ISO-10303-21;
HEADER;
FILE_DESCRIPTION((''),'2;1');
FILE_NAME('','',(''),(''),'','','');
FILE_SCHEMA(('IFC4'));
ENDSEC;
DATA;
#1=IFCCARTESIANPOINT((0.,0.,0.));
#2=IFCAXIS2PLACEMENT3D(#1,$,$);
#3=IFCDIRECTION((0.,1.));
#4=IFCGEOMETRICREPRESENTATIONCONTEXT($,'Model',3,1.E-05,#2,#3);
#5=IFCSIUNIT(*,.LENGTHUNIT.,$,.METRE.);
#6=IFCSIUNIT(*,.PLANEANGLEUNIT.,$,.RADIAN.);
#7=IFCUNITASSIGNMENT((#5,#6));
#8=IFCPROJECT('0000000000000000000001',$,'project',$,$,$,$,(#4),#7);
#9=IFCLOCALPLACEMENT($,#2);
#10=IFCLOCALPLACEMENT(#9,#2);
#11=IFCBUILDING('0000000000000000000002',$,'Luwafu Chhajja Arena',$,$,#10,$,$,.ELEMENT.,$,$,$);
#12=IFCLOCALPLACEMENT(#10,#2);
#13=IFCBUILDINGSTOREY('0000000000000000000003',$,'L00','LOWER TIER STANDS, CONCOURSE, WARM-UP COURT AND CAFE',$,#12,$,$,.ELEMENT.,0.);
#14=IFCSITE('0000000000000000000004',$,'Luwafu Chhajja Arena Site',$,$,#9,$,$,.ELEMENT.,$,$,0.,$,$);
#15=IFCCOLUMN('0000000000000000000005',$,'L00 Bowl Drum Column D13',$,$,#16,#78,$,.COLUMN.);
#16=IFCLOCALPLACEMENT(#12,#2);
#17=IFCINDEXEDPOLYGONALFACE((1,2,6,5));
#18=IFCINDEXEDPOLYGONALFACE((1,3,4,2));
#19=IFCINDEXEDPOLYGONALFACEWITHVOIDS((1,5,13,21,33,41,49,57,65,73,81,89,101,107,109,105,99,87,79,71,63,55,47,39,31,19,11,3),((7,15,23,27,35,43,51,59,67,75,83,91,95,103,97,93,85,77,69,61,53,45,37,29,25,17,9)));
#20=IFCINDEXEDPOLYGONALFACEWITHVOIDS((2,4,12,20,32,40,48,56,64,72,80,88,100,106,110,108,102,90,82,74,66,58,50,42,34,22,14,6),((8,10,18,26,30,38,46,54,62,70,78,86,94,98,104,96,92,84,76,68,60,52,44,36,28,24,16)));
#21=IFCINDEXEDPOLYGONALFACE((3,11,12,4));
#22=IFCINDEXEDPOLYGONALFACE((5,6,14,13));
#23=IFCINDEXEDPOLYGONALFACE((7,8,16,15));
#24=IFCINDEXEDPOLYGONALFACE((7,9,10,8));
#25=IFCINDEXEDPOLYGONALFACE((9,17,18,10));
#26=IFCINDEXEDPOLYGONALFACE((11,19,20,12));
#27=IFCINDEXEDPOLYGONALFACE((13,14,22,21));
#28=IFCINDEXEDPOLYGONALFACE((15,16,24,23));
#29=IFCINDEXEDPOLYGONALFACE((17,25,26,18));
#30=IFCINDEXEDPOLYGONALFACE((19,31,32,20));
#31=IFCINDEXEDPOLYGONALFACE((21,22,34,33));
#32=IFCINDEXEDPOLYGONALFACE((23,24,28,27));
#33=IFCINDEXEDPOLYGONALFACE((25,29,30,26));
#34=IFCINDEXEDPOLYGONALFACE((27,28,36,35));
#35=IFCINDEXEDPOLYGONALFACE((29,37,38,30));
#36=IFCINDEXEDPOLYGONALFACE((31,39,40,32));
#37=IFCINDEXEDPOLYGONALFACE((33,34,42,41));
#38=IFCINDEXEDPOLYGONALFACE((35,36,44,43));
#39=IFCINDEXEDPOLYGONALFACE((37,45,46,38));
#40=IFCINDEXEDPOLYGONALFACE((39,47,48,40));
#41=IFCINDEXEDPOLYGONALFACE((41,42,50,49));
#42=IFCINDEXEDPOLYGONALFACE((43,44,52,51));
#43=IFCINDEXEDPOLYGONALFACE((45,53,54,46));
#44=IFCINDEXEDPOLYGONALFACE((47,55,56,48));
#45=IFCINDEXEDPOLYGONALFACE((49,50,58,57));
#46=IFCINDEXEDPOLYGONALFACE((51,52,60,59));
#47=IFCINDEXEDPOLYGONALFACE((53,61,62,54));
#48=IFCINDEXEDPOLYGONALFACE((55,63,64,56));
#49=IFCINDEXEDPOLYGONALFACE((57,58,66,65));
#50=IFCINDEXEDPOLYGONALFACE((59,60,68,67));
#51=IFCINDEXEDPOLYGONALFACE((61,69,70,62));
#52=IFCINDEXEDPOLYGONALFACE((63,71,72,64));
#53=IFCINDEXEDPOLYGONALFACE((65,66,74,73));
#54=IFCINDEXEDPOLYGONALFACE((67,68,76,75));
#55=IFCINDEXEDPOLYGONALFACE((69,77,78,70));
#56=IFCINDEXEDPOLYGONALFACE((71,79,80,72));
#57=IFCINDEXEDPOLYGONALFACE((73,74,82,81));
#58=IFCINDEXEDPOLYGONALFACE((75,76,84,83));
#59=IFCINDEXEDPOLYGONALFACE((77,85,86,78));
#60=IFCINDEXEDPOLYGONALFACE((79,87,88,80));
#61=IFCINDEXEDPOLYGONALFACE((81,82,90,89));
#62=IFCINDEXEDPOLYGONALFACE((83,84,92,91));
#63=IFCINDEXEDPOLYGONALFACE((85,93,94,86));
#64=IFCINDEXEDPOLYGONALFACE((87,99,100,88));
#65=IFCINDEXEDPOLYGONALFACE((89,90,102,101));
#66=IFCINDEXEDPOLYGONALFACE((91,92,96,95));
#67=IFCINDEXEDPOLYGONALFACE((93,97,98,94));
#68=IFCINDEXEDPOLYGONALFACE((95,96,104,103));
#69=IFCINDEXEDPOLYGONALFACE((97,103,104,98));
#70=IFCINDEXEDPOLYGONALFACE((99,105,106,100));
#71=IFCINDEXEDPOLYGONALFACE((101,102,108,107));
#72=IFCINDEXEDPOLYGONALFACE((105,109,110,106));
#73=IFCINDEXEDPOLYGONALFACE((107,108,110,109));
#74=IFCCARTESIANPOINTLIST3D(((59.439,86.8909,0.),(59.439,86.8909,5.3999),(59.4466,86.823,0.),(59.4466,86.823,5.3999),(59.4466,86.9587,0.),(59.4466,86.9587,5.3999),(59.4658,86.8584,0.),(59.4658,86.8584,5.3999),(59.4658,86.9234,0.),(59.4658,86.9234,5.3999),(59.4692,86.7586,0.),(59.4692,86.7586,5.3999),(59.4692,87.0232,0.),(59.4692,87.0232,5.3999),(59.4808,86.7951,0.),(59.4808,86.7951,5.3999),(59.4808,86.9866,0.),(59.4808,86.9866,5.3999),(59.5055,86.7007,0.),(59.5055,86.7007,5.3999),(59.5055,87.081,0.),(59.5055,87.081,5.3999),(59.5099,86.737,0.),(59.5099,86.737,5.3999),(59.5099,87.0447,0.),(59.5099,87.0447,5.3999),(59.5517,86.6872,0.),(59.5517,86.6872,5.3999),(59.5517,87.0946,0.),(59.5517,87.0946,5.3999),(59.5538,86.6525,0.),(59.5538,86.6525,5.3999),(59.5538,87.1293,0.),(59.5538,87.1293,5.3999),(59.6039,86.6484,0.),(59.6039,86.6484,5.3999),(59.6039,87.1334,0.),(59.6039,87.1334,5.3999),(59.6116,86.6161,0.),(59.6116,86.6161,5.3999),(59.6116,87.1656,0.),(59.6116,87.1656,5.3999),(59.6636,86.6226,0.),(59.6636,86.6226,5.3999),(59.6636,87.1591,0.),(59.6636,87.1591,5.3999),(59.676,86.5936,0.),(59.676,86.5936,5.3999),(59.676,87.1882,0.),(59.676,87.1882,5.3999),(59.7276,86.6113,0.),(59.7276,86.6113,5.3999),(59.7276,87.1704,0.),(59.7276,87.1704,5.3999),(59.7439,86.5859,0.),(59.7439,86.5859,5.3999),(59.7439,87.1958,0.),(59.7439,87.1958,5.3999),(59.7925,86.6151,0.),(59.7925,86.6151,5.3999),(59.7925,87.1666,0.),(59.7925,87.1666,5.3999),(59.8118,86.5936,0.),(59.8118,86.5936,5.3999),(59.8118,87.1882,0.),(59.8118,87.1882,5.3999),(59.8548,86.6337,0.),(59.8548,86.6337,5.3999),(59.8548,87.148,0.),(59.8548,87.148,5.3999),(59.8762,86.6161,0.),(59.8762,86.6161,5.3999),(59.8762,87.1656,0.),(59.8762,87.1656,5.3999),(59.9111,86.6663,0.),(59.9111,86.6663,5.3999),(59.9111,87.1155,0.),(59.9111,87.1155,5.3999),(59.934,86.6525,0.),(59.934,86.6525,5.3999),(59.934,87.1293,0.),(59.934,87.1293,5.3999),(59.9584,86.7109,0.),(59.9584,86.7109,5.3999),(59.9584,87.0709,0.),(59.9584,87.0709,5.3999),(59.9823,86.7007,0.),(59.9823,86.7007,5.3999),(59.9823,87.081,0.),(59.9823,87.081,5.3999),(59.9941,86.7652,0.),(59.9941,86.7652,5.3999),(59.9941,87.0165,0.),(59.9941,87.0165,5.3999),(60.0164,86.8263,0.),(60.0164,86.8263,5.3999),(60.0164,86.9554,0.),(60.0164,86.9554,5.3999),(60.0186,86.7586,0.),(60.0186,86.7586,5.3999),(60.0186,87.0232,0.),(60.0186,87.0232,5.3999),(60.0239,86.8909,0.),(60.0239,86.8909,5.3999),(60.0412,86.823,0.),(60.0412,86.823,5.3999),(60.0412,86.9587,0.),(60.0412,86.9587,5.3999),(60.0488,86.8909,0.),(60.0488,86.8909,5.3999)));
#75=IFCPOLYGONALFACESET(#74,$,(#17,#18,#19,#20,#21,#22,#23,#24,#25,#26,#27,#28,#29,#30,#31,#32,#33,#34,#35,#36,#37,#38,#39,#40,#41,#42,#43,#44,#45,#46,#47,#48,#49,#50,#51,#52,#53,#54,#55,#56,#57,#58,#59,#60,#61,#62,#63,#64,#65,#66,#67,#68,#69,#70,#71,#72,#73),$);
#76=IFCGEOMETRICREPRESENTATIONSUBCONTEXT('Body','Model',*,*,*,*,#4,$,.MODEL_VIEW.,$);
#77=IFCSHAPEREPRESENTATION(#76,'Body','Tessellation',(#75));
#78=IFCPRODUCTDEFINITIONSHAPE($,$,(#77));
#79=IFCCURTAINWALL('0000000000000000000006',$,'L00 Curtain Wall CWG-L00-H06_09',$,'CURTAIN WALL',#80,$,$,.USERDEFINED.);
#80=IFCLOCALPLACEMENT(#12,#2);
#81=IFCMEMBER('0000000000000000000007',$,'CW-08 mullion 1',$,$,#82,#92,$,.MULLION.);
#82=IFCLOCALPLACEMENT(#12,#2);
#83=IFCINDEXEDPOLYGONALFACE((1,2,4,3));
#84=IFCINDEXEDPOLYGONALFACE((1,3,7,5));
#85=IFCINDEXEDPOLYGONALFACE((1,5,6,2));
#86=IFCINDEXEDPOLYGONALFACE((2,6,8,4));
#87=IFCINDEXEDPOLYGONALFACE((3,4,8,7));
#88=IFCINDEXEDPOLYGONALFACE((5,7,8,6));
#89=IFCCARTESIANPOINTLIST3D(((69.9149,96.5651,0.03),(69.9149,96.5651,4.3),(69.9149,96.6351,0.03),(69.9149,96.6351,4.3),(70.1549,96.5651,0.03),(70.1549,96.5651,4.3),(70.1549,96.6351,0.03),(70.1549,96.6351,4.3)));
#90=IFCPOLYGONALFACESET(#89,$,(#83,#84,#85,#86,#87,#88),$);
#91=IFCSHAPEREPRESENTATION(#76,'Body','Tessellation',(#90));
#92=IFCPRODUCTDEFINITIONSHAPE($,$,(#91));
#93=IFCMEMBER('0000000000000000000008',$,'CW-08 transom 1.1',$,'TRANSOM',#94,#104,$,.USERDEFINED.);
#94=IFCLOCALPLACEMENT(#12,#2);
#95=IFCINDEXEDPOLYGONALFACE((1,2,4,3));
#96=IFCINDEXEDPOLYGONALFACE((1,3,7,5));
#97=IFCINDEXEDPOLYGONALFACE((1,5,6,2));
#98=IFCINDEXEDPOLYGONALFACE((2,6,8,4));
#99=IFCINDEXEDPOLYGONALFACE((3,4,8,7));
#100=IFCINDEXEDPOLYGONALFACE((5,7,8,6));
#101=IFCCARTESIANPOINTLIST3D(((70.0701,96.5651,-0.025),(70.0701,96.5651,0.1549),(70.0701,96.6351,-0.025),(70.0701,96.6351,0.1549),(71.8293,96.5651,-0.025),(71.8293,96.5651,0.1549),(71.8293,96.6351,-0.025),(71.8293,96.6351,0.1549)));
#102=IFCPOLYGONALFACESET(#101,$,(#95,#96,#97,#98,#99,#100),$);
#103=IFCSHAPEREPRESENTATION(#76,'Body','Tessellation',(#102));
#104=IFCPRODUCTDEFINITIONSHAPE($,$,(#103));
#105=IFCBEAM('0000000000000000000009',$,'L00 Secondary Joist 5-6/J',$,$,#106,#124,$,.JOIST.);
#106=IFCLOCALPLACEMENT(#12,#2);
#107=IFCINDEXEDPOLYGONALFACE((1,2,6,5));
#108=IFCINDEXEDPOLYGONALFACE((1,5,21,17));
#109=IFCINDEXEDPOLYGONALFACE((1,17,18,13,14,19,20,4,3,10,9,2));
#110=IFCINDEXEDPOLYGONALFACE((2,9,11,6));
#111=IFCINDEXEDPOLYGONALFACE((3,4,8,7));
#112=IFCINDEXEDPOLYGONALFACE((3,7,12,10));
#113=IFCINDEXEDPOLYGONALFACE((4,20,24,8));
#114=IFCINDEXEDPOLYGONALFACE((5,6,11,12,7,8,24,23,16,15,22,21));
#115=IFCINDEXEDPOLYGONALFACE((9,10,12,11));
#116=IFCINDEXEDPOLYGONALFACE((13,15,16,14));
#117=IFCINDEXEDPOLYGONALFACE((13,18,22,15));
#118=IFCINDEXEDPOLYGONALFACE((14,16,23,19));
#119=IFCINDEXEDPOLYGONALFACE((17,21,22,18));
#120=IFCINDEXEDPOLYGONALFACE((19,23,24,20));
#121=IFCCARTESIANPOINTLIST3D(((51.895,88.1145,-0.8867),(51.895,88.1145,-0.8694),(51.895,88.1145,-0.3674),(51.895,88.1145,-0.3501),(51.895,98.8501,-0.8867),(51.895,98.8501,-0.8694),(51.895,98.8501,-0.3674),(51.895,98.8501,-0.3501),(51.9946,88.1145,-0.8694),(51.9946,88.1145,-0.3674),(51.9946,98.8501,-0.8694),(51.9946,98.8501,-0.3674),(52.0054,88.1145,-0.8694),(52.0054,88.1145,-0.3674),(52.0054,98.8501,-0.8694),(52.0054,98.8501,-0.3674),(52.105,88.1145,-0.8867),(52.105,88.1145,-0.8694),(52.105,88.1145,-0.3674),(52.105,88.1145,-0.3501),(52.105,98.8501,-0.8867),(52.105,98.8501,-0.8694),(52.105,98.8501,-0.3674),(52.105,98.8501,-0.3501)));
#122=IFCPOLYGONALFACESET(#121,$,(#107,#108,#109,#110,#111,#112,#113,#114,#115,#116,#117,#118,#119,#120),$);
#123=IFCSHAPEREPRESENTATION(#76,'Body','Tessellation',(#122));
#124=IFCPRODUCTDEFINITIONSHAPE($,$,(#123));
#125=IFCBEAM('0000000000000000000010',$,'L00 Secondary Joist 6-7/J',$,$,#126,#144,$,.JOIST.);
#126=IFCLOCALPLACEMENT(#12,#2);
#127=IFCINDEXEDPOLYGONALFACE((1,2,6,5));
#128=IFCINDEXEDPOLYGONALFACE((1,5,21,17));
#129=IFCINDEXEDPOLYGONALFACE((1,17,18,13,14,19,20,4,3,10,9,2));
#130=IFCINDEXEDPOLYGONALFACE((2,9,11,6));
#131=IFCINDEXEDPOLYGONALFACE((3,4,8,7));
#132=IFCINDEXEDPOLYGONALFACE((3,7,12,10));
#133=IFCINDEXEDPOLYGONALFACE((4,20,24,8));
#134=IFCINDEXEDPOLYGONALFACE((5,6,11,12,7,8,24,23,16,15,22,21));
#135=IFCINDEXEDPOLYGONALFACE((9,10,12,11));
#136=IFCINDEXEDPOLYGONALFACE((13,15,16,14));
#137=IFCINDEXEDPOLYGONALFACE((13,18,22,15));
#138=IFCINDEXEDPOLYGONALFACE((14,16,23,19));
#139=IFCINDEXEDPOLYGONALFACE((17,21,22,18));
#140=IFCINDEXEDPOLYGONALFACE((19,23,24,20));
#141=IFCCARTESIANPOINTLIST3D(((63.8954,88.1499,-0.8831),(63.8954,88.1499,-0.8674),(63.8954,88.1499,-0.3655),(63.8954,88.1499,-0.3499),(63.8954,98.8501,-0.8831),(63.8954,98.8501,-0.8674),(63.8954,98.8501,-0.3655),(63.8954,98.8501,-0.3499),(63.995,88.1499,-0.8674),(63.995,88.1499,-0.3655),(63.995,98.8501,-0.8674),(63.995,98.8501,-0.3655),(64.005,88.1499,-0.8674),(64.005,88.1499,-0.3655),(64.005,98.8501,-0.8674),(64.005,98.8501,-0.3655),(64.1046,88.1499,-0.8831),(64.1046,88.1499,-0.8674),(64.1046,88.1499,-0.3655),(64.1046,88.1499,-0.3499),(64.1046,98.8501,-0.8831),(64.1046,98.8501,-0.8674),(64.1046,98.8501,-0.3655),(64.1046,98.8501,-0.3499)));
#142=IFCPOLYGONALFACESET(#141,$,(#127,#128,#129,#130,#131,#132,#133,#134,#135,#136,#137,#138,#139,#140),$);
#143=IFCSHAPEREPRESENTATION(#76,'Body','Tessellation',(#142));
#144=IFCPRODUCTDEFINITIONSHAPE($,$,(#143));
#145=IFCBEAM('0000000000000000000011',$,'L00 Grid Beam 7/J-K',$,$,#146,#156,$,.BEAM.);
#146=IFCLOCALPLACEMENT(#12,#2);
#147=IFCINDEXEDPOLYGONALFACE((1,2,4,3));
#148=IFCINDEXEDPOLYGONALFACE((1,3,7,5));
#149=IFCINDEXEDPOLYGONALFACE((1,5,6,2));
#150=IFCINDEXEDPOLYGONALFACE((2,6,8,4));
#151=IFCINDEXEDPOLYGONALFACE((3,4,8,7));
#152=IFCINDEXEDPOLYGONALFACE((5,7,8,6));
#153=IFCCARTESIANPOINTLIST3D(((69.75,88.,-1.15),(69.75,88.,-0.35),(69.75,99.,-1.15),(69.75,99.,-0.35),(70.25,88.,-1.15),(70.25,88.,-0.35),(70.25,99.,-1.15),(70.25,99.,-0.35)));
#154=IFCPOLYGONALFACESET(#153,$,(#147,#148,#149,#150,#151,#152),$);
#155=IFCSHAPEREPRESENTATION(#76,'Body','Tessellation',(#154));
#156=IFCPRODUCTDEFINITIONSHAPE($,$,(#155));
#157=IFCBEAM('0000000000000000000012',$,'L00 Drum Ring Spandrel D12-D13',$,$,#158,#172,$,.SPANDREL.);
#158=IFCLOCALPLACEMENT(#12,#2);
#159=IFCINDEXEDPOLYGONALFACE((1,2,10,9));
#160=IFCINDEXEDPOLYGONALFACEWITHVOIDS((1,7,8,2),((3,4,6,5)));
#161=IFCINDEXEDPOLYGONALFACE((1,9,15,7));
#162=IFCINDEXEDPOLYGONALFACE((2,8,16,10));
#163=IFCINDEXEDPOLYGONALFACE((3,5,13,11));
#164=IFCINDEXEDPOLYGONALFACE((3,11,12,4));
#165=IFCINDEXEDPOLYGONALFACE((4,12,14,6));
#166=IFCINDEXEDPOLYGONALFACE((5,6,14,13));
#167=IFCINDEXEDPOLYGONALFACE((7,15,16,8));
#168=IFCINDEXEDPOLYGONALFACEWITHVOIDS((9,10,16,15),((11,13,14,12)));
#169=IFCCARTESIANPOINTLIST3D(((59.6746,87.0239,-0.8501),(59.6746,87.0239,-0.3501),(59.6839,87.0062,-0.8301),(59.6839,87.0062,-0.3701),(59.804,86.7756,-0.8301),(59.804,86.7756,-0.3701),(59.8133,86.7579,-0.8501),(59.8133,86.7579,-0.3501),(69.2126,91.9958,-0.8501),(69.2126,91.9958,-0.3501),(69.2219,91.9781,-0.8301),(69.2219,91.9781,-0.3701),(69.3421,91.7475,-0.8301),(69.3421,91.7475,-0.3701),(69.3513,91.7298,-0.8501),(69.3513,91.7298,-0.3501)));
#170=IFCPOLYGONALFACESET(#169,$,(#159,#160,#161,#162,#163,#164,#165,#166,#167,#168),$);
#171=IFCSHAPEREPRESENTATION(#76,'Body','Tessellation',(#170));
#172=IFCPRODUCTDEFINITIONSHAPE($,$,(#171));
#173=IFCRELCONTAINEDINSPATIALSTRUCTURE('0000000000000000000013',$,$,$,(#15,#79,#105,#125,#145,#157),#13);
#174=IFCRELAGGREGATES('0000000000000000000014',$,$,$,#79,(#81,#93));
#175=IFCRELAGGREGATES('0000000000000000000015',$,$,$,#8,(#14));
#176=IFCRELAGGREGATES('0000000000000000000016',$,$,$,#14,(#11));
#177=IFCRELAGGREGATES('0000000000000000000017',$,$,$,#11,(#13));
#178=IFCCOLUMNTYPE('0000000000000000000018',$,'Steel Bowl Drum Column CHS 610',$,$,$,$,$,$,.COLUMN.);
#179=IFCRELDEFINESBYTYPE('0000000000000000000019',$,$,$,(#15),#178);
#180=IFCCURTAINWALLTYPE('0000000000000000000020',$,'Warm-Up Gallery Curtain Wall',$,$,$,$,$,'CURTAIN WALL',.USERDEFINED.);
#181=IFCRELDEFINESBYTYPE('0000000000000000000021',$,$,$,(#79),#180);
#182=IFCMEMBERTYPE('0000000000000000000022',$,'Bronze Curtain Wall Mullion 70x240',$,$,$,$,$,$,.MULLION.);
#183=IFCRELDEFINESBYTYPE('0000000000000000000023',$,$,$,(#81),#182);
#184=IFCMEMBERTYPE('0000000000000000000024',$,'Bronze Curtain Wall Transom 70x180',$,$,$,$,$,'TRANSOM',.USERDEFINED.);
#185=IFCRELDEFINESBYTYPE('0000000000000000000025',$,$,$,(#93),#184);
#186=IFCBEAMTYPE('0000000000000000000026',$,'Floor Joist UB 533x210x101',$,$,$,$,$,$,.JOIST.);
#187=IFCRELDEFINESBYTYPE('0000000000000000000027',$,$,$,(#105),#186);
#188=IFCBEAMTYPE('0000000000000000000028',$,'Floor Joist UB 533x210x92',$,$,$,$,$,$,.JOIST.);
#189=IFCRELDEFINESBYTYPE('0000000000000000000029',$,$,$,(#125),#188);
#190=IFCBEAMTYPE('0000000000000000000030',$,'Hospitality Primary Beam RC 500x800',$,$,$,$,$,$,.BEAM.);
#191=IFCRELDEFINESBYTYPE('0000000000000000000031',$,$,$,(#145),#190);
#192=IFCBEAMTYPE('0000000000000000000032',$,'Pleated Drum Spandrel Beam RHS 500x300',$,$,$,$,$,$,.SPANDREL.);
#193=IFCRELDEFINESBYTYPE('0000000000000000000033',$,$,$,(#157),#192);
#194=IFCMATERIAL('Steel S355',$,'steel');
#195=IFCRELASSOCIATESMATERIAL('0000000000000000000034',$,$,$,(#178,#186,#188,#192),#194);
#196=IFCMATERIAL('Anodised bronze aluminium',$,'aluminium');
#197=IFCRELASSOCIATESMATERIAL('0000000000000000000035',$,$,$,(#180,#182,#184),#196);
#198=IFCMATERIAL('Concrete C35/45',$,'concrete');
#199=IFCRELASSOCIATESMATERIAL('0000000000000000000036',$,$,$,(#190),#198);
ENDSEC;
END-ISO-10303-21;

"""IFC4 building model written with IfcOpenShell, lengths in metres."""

from ifc_helpers import new_model, si_unit, direction, frame, origin, origin_2d, place, context, subcontext, project, spatial, rectangle, hollow_rectangle, hollow_circle, i_section, extrude, material, material_profile, profile_set, type_object, element, aggregate, save


model = new_model("IFC4")

# Units and contexts
model_context = context("Model", 3, precision=1e-05, world=origin(), true_north=direction((0.0, 1.0)))
body_context = subcontext(model_context, "Body", "Model", "MODEL_VIEW")
ifc_project = project(units=[si_unit("LENGTHUNIT", "METRE"), si_unit("PLANEANGLEUNIT", "RADIAN")], contexts=[model_context])

# Site, building, storey
site_placement = place(None, origin())
site = spatial("IfcSite", under=ifc_project, at=site_placement, Name="Luwafu Chhajja Arena Site", CompositionType="ELEMENT", RefElevation=0.0)
building_placement = place(site_placement, origin())
building = spatial("IfcBuilding", under=site, at=building_placement, Name="Luwafu Chhajja Arena", CompositionType="ELEMENT")
storey_placement = place(building_placement, origin())
storey = spatial("IfcBuildingStorey", under=building, at=storey_placement, Name="L00", Description="LOWER TIER STANDS, CONCOURSE, WARM-UP COURT AND CAFE", CompositionType="ELEMENT", Elevation=0.0)

# Column
ifc_material_1 = material(Name="Concrete C35/45", Category="concrete")
ifc_material_2 = material(Name="Steel S355", Category="steel")
ifc_material_profile_1 = material_profile(ifc_material_2, hollow_circle(Radius=0.3049, WallThickness=0.0249, at=origin_2d()), Name="CHS 610x25")
ifc_profile_set_1 = profile_set([ifc_material_profile_1], Name="Steel S355")
column_type_1 = type_object("IfcColumnType", Name="Steel Bowl Drum Column CHS 610", PredefinedType="COLUMN", material=ifc_profile_set_1)
for number, where, z_axis, x_axis, name in (
    (1, (59.7439, 86.8909, 0.0), (0.0, 0.0, 1.0), (1.0, 0.0, 0.0), "L00 Bowl Drum Column D13"),
):
    element("IfcColumn", number, at=place(storey_placement, frame(where, z_axis=z_axis, x_axis=x_axis)), inside=storey, type_object=column_type_1, Name=name, PredefinedType="COLUMN", context=body_context, shape_type="SweptSolid", body=[
        extrude(hollow_circle(Radius=0.3049, WallThickness=0.0249, at=origin_2d()), origin(), (0.0, 0.0, 1.0), 5.3999),
    ])

# Curtain wall, members
ifc_material_3 = material(Name="Anodised bronze aluminium", Category="aluminium")
curtain_wall_type = type_object("IfcCurtainWallType", Name="Warm-Up Gallery Curtain Wall", ElementType="CURTAIN WALL", PredefinedType="USERDEFINED", material=ifc_material_3)
curtain_wall_placement = place(storey_placement, origin())
curtain_wall = element("IfcCurtainWall", 2, at=curtain_wall_placement, inside=storey, type_object=curtain_wall_type, Name="L00 Curtain Wall CWG-L00-H06_09", ObjectType="CURTAIN WALL", PredefinedType="USERDEFINED")
ifc_material_profile_2 = material_profile(ifc_material_3, rectangle(XDim=0.0701, YDim=0.24, at=origin_2d()), Name="CWM 70x240")
ifc_profile_set_2 = profile_set([ifc_material_profile_2], Name="Anodised bronze aluminium")
member_type_1 = type_object("IfcMemberType", Name="Bronze Curtain Wall Mullion 70x240", PredefinedType="MULLION", material=ifc_profile_set_2)
member_1_placement = place(storey_placement, frame((70.0349, 96.6001, 0.03), z_axis=(0.0, 0.0, 1.0), x_axis=(0.0, 1.0, 0.0)))
member_1 = element("IfcMember", 3, at=member_1_placement, type_object=member_type_1, Name="CW-08 mullion 1", PredefinedType="MULLION", context=body_context, shape_type="SweptSolid", body=[
    extrude(rectangle(XDim=0.0701, YDim=0.24, at=origin_2d()), origin(), (0.0, 0.0, 1.0), 4.27),
])
ifc_material_profile_3 = material_profile(ifc_material_3, rectangle(XDim=0.0701, YDim=0.1799, at=origin_2d()), Name="CWT 70x180")
ifc_profile_set_3 = profile_set([ifc_material_profile_3], Name="Anodised bronze aluminium")
member_type_2 = type_object("IfcMemberType", Name="Bronze Curtain Wall Transom 70x180", ElementType="TRANSOM", PredefinedType="USERDEFINED", material=ifc_profile_set_3)
member_2_placement = place(storey_placement, frame((70.0701, 96.6001, 0.0649), z_axis=(1.0, 0.0, 0.0), x_axis=(0.0, 1.0, 0.0)))
member_2 = element("IfcMember", 4, at=member_2_placement, type_object=member_type_2, Name="CW-08 transom 1.1", ObjectType="TRANSOM", PredefinedType="USERDEFINED", context=body_context, shape_type="SweptSolid", body=[
    extrude(rectangle(XDim=0.0701, YDim=0.1799, at=origin_2d()), origin(), (0.0, 0.0, 1.0), 1.7593),
])
aggregate(curtain_wall, [member_1, member_2])

# Beams
ifc_material_profile_4 = material_profile(ifc_material_2, i_section(OverallWidth=0.21, OverallDepth=0.5366, WebThickness=0.0107, FlangeThickness=0.0173, at=origin_2d()), Name="UB 533x210x101")
ifc_profile_set_4 = profile_set([ifc_material_profile_4], Name="Steel S355")
beam_type_1 = type_object("IfcBeamType", Name="Floor Joist UB 533x210x101", PredefinedType="JOIST", material=ifc_profile_set_4)
beam_1_placement = place(storey_placement, frame((52.0, 88.1145, -0.6184), z_axis=(0.0, 1.0, 0.0), x_axis=(-1.0, 0.0, 0.0)))
element("IfcBeam", 5, at=beam_1_placement, inside=storey, type_object=beam_type_1, Name="L00 Secondary Joist 5-6/J", PredefinedType="JOIST", context=body_context, shape_type="SweptSolid", body=[
    extrude(i_section(OverallWidth=0.21, OverallDepth=0.5366, WebThickness=0.0107, FlangeThickness=0.0173, at=origin_2d()), origin(), (0.0, 0.0, 1.0), 10.7356),
])
ifc_material_profile_5 = material_profile(ifc_material_2, i_section(OverallWidth=0.2092, OverallDepth=0.5332, WebThickness=0.01, FlangeThickness=0.0156, at=origin_2d()), Name="UB 533x210x92")
ifc_profile_set_5 = profile_set([ifc_material_profile_5], Name="Steel S355")
beam_type_2 = type_object("IfcBeamType", Name="Floor Joist UB 533x210x92", PredefinedType="JOIST", material=ifc_profile_set_5)
beam_2_placement = place(storey_placement, frame((64.0, 88.1499, -0.6165), z_axis=(0.0, 1.0, 0.0), x_axis=(-1.0, 0.0, 0.0)))
element("IfcBeam", 6, at=beam_2_placement, inside=storey, type_object=beam_type_2, Name="L00 Secondary Joist 6-7/J", PredefinedType="JOIST", context=body_context, shape_type="SweptSolid", body=[
    extrude(i_section(OverallWidth=0.2092, OverallDepth=0.5332, WebThickness=0.01, FlangeThickness=0.0156, at=origin_2d()), origin(), (0.0, 0.0, 1.0), 10.7002),
])
ifc_material_profile_6 = material_profile(ifc_material_1, rectangle(XDim=0.5, YDim=0.8, at=origin_2d()), Name="RC 500x800")
ifc_profile_set_6 = profile_set([ifc_material_profile_6], Name="Concrete C35/45")
beam_type_3 = type_object("IfcBeamType", Name="Hospitality Primary Beam RC 500x800", PredefinedType="BEAM", material=ifc_profile_set_6)
beam_3_placement = place(storey_placement, frame((70.0, 88.0, -0.75), z_axis=(0.0, 1.0, 0.0), x_axis=(-1.0, 0.0, 0.0)))
element("IfcBeam", 7, at=beam_3_placement, inside=storey, type_object=beam_type_3, Name="L00 Grid Beam 7/J-K", PredefinedType="BEAM", context=body_context, shape_type="SweptSolid", body=[
    extrude(rectangle(XDim=0.5, YDim=0.8, at=origin_2d()), origin(), (0.0, 0.0, 1.0), 11.0),
])
ifc_material_profile_7 = material_profile(ifc_material_2, hollow_rectangle(XDim=0.3, YDim=0.5, WallThickness=0.02, at=origin_2d()), Name="RHS 500x300x20")
ifc_profile_set_7 = profile_set([ifc_material_profile_7], Name="Steel S355")
beam_type_4 = type_object("IfcBeamType", Name="Pleated Drum Spandrel Beam RHS 500x300", PredefinedType="SPANDREL", material=ifc_profile_set_7)
beam_4_placement = place(storey_placement, frame((69.282, 91.8628, -0.6001), z_axis=(-0.886755, -0.462239, 0.0), x_axis=(0.462239, -0.886755, 0.0)))
element("IfcBeam", 8, at=beam_4_placement, inside=storey, type_object=beam_type_4, Name="L00 Drum Ring Spandrel D12-D13", PredefinedType="SPANDREL", context=body_context, shape_type="SweptSolid", body=[
    extrude(hollow_rectangle(XDim=0.3, YDim=0.5, WallThickness=0.02, at=origin_2d()), origin(), (0.0, 0.0, 1.0), 10.7561),
])

save(model, "model.ifc")
